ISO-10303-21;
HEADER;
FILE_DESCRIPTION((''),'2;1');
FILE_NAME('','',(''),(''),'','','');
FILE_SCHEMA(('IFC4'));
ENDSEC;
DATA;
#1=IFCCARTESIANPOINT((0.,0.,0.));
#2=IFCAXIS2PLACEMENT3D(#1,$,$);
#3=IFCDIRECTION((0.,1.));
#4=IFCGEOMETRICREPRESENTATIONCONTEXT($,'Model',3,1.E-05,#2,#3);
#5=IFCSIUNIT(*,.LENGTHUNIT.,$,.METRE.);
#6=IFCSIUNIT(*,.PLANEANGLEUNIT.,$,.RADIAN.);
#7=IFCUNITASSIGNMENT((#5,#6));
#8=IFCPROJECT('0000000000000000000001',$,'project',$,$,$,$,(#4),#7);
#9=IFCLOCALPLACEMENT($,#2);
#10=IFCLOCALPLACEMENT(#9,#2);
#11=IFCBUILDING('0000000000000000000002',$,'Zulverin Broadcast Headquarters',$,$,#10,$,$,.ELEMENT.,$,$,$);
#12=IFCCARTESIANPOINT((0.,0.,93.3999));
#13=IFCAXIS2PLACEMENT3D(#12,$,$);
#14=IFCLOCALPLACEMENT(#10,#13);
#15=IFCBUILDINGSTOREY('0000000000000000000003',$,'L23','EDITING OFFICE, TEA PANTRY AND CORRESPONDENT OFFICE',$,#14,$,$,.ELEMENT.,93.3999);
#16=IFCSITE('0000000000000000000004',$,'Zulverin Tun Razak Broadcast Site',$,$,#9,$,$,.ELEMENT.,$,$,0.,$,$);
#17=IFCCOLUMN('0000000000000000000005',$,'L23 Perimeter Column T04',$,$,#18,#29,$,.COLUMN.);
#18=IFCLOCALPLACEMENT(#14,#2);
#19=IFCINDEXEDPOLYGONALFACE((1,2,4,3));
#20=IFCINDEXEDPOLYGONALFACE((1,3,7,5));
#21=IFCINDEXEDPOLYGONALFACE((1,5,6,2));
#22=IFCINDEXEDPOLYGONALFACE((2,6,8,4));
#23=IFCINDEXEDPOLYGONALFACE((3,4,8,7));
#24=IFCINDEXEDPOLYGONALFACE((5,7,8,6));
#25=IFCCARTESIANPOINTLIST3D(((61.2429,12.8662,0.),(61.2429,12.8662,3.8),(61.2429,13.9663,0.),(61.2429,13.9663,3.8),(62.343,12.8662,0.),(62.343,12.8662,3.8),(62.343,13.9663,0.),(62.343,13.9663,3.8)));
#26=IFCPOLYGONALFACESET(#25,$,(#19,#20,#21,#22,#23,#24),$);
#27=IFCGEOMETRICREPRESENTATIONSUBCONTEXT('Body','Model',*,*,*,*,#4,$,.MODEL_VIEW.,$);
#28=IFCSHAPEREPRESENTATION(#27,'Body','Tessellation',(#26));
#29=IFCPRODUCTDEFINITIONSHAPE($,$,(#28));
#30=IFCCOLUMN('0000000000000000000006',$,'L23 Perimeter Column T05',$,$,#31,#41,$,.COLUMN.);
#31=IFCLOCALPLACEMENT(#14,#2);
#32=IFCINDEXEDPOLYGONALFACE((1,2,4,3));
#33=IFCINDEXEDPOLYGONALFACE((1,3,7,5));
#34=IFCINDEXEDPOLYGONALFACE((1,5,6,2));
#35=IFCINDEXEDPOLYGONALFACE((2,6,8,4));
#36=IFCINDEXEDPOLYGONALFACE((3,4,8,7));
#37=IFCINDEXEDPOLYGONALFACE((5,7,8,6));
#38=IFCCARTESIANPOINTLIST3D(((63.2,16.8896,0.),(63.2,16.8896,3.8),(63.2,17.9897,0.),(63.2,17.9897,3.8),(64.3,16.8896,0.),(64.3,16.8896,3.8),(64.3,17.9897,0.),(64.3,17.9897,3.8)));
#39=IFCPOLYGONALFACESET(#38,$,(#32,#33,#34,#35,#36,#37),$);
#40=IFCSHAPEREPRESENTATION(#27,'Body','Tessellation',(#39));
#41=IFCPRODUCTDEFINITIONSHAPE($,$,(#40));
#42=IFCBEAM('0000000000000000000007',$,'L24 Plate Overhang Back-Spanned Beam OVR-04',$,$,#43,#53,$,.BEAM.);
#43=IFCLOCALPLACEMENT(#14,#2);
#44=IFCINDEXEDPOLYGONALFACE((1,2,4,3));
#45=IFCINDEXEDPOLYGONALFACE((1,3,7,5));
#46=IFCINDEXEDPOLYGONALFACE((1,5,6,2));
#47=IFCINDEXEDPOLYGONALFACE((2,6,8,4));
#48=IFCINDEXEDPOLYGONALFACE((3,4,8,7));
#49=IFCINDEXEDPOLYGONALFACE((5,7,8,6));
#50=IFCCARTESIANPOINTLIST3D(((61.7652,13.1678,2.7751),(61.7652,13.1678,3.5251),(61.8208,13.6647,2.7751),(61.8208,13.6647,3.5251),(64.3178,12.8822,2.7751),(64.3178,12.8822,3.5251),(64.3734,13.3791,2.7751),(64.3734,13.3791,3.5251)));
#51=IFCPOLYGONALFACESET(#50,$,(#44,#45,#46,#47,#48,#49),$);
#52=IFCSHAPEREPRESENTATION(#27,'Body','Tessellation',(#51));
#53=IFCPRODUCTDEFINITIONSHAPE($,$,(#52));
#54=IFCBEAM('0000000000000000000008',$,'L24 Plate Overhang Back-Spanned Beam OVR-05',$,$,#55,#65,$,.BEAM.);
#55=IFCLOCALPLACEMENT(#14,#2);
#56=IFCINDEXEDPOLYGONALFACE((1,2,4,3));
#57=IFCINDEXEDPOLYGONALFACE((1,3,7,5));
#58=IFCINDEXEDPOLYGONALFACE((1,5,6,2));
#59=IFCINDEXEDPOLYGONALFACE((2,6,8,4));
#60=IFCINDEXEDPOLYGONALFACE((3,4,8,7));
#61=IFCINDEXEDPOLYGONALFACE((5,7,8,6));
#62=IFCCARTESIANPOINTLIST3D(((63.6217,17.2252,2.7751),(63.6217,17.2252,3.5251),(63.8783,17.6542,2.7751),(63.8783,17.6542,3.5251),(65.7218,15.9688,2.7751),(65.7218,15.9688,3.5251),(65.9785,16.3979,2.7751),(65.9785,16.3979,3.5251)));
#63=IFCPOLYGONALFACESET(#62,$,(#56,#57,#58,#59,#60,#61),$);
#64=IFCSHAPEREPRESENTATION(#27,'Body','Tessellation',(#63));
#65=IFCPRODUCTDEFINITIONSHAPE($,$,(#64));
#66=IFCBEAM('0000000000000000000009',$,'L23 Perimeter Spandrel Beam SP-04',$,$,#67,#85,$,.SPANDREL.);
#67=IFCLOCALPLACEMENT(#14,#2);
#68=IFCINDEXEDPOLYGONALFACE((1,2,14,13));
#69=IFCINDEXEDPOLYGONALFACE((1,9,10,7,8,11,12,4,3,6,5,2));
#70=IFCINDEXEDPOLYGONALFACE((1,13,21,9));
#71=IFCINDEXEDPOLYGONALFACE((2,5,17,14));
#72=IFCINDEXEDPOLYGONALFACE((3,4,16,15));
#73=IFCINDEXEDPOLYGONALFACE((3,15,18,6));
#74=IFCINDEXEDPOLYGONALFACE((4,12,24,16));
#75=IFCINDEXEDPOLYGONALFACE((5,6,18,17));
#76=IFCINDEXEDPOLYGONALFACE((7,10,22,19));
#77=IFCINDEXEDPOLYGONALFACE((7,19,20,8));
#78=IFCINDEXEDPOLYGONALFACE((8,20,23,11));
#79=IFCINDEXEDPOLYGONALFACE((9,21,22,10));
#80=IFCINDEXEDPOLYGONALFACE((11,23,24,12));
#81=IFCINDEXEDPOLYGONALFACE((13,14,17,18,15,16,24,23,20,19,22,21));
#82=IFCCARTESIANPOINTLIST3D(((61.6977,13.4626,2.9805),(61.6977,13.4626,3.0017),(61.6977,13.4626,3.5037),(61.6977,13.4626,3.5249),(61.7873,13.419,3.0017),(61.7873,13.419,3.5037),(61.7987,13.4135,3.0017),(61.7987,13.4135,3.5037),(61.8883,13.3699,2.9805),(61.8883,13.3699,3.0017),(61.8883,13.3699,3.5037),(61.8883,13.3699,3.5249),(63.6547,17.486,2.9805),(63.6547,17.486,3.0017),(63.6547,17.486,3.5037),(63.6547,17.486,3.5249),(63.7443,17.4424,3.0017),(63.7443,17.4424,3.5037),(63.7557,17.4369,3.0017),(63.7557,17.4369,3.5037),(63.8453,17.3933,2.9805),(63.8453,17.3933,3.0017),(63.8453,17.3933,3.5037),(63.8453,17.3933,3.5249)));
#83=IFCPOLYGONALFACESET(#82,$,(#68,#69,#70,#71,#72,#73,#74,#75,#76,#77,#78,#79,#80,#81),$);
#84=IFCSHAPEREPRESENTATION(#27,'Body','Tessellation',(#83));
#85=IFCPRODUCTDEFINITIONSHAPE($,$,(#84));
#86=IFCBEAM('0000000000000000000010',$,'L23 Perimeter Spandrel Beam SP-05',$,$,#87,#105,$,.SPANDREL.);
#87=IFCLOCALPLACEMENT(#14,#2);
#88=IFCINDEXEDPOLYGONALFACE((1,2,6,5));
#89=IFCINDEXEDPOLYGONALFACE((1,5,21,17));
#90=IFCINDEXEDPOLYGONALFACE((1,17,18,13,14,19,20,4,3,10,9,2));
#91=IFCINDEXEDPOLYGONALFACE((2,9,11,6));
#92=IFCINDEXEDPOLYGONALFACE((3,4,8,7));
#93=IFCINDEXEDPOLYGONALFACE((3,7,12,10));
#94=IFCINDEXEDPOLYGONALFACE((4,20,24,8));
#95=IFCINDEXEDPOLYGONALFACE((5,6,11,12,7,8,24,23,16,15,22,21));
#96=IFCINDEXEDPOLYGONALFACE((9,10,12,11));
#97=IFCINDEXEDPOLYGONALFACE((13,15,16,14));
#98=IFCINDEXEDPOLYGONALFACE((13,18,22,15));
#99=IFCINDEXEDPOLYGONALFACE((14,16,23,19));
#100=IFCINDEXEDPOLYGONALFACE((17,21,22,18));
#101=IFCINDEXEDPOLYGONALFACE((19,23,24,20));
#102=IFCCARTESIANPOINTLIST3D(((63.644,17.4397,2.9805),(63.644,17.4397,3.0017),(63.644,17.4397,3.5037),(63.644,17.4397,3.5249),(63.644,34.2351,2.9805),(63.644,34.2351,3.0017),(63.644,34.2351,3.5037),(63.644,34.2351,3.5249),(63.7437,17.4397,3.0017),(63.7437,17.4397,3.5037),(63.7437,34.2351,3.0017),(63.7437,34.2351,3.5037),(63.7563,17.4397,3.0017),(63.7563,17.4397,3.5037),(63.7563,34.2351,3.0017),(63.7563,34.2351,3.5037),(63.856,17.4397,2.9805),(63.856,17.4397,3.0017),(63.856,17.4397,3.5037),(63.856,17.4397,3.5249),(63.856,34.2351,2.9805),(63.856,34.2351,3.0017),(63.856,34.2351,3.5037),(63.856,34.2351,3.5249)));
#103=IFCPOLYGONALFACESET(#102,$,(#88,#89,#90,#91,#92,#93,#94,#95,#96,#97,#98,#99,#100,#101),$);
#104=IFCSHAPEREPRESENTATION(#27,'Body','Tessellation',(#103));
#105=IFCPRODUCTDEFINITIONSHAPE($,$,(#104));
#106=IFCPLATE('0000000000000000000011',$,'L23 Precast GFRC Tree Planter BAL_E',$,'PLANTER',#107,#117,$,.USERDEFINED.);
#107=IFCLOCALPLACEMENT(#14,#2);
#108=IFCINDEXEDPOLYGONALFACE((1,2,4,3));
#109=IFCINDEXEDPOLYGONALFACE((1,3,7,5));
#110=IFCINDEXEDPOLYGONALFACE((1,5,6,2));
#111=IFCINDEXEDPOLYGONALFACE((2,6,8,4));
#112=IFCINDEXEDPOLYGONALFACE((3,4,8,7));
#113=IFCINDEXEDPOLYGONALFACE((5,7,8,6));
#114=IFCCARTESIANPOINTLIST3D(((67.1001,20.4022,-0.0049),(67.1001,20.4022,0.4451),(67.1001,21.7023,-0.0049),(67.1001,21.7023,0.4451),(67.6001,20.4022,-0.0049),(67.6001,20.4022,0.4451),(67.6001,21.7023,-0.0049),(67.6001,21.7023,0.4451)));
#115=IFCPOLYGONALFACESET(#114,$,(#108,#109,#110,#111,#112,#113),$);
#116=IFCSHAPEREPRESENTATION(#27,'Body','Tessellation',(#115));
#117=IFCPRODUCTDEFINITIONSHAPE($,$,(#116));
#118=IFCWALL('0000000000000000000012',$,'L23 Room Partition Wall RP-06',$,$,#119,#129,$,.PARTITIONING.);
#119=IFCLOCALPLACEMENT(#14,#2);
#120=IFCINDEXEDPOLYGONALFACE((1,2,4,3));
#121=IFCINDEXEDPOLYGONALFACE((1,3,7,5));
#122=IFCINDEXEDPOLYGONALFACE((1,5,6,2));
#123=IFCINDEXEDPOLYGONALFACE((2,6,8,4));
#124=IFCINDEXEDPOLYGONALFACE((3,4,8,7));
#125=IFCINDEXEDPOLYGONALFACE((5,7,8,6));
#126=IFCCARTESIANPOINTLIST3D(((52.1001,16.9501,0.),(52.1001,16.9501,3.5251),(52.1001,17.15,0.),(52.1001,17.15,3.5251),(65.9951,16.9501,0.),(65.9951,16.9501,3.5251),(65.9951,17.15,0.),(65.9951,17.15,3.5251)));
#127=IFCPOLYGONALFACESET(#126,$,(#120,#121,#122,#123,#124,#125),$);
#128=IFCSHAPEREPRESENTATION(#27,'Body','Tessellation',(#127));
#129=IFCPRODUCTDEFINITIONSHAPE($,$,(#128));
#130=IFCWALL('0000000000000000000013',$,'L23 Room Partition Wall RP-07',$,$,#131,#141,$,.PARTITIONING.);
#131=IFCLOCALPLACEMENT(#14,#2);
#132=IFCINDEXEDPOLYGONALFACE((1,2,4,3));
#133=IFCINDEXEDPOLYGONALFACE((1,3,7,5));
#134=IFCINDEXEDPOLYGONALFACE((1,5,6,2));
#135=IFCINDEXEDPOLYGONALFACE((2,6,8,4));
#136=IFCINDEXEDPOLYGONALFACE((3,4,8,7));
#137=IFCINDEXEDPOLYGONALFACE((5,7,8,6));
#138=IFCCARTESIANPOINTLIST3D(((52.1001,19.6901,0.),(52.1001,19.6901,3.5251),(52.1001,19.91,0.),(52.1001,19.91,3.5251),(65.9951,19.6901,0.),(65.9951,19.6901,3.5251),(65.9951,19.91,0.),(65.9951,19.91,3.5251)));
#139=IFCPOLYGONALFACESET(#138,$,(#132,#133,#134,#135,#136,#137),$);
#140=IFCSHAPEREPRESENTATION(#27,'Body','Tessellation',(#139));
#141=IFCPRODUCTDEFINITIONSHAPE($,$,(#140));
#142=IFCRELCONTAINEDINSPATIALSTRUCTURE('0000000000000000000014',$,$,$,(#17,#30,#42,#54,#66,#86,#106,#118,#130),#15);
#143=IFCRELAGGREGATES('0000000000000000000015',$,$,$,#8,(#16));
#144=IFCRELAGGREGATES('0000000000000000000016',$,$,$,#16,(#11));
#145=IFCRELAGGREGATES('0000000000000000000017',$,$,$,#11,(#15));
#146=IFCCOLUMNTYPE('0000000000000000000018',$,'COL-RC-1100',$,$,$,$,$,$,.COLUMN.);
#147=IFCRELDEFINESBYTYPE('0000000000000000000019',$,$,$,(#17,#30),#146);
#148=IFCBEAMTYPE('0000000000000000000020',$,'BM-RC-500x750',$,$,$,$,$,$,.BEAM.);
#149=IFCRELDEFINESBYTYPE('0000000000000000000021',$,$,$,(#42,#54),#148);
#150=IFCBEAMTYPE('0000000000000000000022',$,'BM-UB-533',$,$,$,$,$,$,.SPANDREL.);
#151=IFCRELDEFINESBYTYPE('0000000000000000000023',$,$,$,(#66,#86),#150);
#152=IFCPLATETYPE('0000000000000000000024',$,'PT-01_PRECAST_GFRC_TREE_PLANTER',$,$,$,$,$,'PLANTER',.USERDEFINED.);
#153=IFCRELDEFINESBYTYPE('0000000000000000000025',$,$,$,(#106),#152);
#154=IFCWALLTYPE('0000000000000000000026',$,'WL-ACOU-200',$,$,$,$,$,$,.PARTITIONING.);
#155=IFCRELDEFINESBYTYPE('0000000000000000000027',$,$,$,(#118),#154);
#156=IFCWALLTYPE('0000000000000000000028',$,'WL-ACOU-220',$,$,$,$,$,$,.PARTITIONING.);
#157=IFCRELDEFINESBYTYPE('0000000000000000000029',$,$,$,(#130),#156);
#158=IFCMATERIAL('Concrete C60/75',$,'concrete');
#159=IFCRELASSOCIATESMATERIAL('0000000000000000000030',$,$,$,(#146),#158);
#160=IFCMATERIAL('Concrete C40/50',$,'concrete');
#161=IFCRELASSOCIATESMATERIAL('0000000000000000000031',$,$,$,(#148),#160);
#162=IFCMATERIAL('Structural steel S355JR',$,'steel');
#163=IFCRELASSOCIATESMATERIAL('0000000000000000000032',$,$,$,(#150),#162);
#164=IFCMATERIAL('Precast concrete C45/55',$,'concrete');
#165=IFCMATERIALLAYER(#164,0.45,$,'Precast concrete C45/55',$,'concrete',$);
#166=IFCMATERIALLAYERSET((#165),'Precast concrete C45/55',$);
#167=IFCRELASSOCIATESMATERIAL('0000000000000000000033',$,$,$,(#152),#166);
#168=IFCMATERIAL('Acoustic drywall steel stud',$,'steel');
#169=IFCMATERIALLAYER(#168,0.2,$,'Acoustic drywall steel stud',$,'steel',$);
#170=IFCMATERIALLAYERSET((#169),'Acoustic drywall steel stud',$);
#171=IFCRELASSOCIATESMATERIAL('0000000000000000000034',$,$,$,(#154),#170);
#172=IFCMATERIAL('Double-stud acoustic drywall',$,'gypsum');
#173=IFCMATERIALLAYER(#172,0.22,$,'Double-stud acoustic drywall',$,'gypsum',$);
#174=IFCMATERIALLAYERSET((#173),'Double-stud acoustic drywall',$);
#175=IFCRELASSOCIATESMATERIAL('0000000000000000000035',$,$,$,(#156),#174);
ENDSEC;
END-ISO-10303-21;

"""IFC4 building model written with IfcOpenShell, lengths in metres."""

from ifc_helpers import new_model, si_unit, direction, frame, frame_2d, origin, origin_2d, place, context, subcontext, project, spatial, rectangle, i_section, extrude, material, layer, layer_set, material_profile, profile_set, type_object, element, save


model = new_model("IFC4")

# Units and contexts
model_context = context("Model", 3, precision=1e-05, world=origin(), true_north=direction((0.0, 1.0)))
body_context = subcontext(model_context, "Body", "Model", "MODEL_VIEW")
ifc_project = project(units=[si_unit("LENGTHUNIT", "METRE"), si_unit("PLANEANGLEUNIT", "RADIAN")], contexts=[model_context])

# Site, building, storey
site_placement = place(None, origin())
site = spatial("IfcSite", under=ifc_project, at=site_placement, Name="Zulverin Tun Razak Broadcast Site", CompositionType="ELEMENT", RefElevation=0.0)
building_placement = place(site_placement, origin())
building = spatial("IfcBuilding", under=site, at=building_placement, Name="Zulverin Broadcast Headquarters", CompositionType="ELEMENT")
storey_placement = place(building_placement, frame((0.0, 0.0, 93.3999)))
storey = spatial("IfcBuildingStorey", under=building, at=storey_placement, Name="L23", Description="EDITING OFFICE, TEA PANTRY AND CORRESPONDENT OFFICE", CompositionType="ELEMENT", Elevation=93.3999)

# Columns
ifc_material_1 = material(Name="Concrete C60/75", Category="concrete")
ifc_material_profile_1 = material_profile(ifc_material_1, rectangle(XDim=1.1001, YDim=1.1001, at=origin_2d()), Name="Concrete C60/75", Category="concrete")
ifc_profile_set_1 = profile_set([ifc_material_profile_1], Name="Concrete C60/75")
column_type = type_object("IfcColumnType", Name="COL-RC-1100", PredefinedType="COLUMN", material=ifc_profile_set_1)
for number, where, z_axis, x_axis, name in (
    (1, (61.793, 13.4163, 0.0), (0.0, 0.0, 1.0), (1.0, 0.0, 0.0), "L23 Perimeter Column T04"),
    (2, (63.75, 17.4397, 0.0), (0.0, 0.0, 1.0), (1.0, 0.0, 0.0), "L23 Perimeter Column T05"),
):
    element("IfcColumn", number, at=place(storey_placement, frame(where, z_axis=z_axis, x_axis=x_axis)), inside=storey, type_object=column_type, Name=name, PredefinedType="COLUMN", context=body_context, shape_type="SweptSolid", body=[
        extrude(rectangle(XDim=1.1001, YDim=1.1001, at=origin_2d()), origin(), (0.0, 0.0, 1.0), 3.8),
    ])

# Beams
ifc_material_2 = material(Name="Concrete C40/50", Category="concrete")
ifc_material_profile_2 = material_profile(ifc_material_2, rectangle(XDim=0.5, YDim=0.75, at=origin_2d()), Name="Concrete C40/50", Category="concrete")
ifc_profile_set_2 = profile_set([ifc_material_profile_2], Name="Concrete C40/50")
beam_type_1 = type_object("IfcBeamType", Name="BM-RC-500x750", PredefinedType="BEAM", material=ifc_profile_set_2)
beam_1_placement = place(storey_placement, frame((61.793, 13.4163, 3.1501), z_axis=(0.993798, -0.111203, 0.0), x_axis=(0.111203, 0.993798, 0.0)))
element("IfcBeam", 3, at=beam_1_placement, inside=storey, type_object=beam_type_1, Name="L24 Plate Overhang Back-Spanned Beam OVR-04", PredefinedType="BEAM", context=body_context, shape_type="SweptSolid", body=[
    extrude(rectangle(XDim=0.5, YDim=0.75, at=origin_2d()), origin(), (0.0, 0.0, 1.0), 2.5686),
])
beam_2_placement = place(storey_placement, frame((63.75, 17.4397, 3.1501), z_axis=(0.858161, -0.51338, 0.0), x_axis=(0.51338, 0.858161, 0.0)))
element("IfcBeam", 4, at=beam_2_placement, inside=storey, type_object=beam_type_1, Name="L24 Plate Overhang Back-Spanned Beam OVR-05", PredefinedType="BEAM", context=body_context, shape_type="SweptSolid", body=[
    extrude(rectangle(XDim=0.5, YDim=0.75, at=origin_2d()), origin(), (0.0, 0.0, 1.0), 2.4473),
])
ifc_material_3 = material(Name="Structural steel S355JR", Category="steel")
ifc_material_profile_3 = material_profile(ifc_material_3, i_section(OverallWidth=0.2119, OverallDepth=0.5444, WebThickness=0.0127, FlangeThickness=0.0212, at=origin_2d()), Name="Structural steel S355JR", Category="steel")
ifc_profile_set_3 = profile_set([ifc_material_profile_3], Name="Structural steel S355JR")
beam_type_2 = type_object("IfcBeamType", Name="BM-UB-533", PredefinedType="SPANDREL", material=ifc_profile_set_3)
beam_3_placement = place(storey_placement, frame((61.793, 13.4163, 3.2527), z_axis=(0.437408, 0.899263, 0.0), x_axis=(-0.899263, 0.437408, 0.0)))
element("IfcBeam", 5, at=beam_3_placement, inside=storey, type_object=beam_type_2, Name="L23 Perimeter Spandrel Beam SP-04", PredefinedType="SPANDREL", context=body_context, shape_type="SweptSolid", body=[
    extrude(i_section(OverallWidth=0.2119, OverallDepth=0.5444, WebThickness=0.0127, FlangeThickness=0.0212, at=origin_2d()), origin(), (0.0, 0.0, 1.0), 4.4741),
])
beam_4_placement = place(storey_placement, frame((63.75, 17.4397, 3.2527), z_axis=(0.0, 1.0, 0.0), x_axis=(-1.0, 0.0, 0.0)))
element("IfcBeam", 6, at=beam_4_placement, inside=storey, type_object=beam_type_2, Name="L23 Perimeter Spandrel Beam SP-05", PredefinedType="SPANDREL", context=body_context, shape_type="SweptSolid", body=[
    extrude(i_section(OverallWidth=0.2119, OverallDepth=0.5444, WebThickness=0.0127, FlangeThickness=0.0212, at=origin_2d()), origin(), (0.0, 0.0, 1.0), 16.7954),
])

# Plate
ifc_material_4 = material(Name="Precast concrete C45/55", Category="concrete")
ifc_layer_1 = layer(ifc_material_4, 0.45, Name="Precast concrete C45/55", Category="concrete")
ifc_layer_set_1 = layer_set([ifc_layer_1], Name="Precast concrete C45/55")
plate_type = type_object("IfcPlateType", Name="PT-01_PRECAST_GFRC_TREE_PLANTER", ElementType="PLANTER", PredefinedType="USERDEFINED", material=ifc_layer_set_1)
plate_placement = place(storey_placement, frame((67.3501, 21.0522, -0.0049), z_axis=(0.0, 0.0, 1.0), x_axis=(0.0, 1.0, 0.0)))
element("IfcPlate", 7, at=plate_placement, inside=storey, type_object=plate_type, Name="L23 Precast GFRC Tree Planter BAL_E", ObjectType="PLANTER", PredefinedType="USERDEFINED", context=body_context, shape_type="SweptSolid", body=[
    extrude(rectangle(XDim=1.3, YDim=0.5, at=origin_2d()), origin(), (0.0, 0.0, 1.0), 0.45),
])

# Walls
ifc_material_5 = material(Name="Acoustic drywall steel stud", Category="steel")
ifc_layer_2 = layer(ifc_material_5, 0.2, Name="Acoustic drywall steel stud", Category="steel")
ifc_layer_set_2 = layer_set([ifc_layer_2], Name="Acoustic drywall steel stud")
wall_type_1 = type_object("IfcWallType", Name="WL-ACOU-200", PredefinedType="PARTITIONING", material=ifc_layer_set_2)
wall_1_placement = place(storey_placement, frame((52.1001, 17.05, 0.0), z_axis=(0.0, 0.0, 1.0), x_axis=(1.0, 0.0, 0.0)))
element("IfcWall", 8, at=wall_1_placement, inside=storey, type_object=wall_type_1, Name="L23 Room Partition Wall RP-06", PredefinedType="PARTITIONING", context=body_context, shape_type="SweptSolid", body=[
    extrude(rectangle(XDim=13.895, YDim=0.2, at=frame_2d((6.9475, 0.0))), origin(), (0.0, 0.0, 1.0), 3.5251),
])
ifc_material_6 = material(Name="Double-stud acoustic drywall", Category="gypsum")
ifc_layer_3 = layer(ifc_material_6, 0.22, Name="Double-stud acoustic drywall", Category="gypsum")
ifc_layer_set_3 = layer_set([ifc_layer_3], Name="Double-stud acoustic drywall")
wall_type_2 = type_object("IfcWallType", Name="WL-ACOU-220", PredefinedType="PARTITIONING", material=ifc_layer_set_3)
wall_2_placement = place(storey_placement, frame((52.1001, 19.8, 0.0), z_axis=(0.0, 0.0, 1.0), x_axis=(1.0, 0.0, 0.0)))
element("IfcWall", 9, at=wall_2_placement, inside=storey, type_object=wall_type_2, Name="L23 Room Partition Wall RP-07", PredefinedType="PARTITIONING", context=body_context, shape_type="SweptSolid", body=[
    extrude(rectangle(XDim=13.895, YDim=0.22, at=frame_2d((6.9475, 0.0))), origin(), (0.0, 0.0, 1.0), 3.5251),
])

save(model, "model.ifc")
